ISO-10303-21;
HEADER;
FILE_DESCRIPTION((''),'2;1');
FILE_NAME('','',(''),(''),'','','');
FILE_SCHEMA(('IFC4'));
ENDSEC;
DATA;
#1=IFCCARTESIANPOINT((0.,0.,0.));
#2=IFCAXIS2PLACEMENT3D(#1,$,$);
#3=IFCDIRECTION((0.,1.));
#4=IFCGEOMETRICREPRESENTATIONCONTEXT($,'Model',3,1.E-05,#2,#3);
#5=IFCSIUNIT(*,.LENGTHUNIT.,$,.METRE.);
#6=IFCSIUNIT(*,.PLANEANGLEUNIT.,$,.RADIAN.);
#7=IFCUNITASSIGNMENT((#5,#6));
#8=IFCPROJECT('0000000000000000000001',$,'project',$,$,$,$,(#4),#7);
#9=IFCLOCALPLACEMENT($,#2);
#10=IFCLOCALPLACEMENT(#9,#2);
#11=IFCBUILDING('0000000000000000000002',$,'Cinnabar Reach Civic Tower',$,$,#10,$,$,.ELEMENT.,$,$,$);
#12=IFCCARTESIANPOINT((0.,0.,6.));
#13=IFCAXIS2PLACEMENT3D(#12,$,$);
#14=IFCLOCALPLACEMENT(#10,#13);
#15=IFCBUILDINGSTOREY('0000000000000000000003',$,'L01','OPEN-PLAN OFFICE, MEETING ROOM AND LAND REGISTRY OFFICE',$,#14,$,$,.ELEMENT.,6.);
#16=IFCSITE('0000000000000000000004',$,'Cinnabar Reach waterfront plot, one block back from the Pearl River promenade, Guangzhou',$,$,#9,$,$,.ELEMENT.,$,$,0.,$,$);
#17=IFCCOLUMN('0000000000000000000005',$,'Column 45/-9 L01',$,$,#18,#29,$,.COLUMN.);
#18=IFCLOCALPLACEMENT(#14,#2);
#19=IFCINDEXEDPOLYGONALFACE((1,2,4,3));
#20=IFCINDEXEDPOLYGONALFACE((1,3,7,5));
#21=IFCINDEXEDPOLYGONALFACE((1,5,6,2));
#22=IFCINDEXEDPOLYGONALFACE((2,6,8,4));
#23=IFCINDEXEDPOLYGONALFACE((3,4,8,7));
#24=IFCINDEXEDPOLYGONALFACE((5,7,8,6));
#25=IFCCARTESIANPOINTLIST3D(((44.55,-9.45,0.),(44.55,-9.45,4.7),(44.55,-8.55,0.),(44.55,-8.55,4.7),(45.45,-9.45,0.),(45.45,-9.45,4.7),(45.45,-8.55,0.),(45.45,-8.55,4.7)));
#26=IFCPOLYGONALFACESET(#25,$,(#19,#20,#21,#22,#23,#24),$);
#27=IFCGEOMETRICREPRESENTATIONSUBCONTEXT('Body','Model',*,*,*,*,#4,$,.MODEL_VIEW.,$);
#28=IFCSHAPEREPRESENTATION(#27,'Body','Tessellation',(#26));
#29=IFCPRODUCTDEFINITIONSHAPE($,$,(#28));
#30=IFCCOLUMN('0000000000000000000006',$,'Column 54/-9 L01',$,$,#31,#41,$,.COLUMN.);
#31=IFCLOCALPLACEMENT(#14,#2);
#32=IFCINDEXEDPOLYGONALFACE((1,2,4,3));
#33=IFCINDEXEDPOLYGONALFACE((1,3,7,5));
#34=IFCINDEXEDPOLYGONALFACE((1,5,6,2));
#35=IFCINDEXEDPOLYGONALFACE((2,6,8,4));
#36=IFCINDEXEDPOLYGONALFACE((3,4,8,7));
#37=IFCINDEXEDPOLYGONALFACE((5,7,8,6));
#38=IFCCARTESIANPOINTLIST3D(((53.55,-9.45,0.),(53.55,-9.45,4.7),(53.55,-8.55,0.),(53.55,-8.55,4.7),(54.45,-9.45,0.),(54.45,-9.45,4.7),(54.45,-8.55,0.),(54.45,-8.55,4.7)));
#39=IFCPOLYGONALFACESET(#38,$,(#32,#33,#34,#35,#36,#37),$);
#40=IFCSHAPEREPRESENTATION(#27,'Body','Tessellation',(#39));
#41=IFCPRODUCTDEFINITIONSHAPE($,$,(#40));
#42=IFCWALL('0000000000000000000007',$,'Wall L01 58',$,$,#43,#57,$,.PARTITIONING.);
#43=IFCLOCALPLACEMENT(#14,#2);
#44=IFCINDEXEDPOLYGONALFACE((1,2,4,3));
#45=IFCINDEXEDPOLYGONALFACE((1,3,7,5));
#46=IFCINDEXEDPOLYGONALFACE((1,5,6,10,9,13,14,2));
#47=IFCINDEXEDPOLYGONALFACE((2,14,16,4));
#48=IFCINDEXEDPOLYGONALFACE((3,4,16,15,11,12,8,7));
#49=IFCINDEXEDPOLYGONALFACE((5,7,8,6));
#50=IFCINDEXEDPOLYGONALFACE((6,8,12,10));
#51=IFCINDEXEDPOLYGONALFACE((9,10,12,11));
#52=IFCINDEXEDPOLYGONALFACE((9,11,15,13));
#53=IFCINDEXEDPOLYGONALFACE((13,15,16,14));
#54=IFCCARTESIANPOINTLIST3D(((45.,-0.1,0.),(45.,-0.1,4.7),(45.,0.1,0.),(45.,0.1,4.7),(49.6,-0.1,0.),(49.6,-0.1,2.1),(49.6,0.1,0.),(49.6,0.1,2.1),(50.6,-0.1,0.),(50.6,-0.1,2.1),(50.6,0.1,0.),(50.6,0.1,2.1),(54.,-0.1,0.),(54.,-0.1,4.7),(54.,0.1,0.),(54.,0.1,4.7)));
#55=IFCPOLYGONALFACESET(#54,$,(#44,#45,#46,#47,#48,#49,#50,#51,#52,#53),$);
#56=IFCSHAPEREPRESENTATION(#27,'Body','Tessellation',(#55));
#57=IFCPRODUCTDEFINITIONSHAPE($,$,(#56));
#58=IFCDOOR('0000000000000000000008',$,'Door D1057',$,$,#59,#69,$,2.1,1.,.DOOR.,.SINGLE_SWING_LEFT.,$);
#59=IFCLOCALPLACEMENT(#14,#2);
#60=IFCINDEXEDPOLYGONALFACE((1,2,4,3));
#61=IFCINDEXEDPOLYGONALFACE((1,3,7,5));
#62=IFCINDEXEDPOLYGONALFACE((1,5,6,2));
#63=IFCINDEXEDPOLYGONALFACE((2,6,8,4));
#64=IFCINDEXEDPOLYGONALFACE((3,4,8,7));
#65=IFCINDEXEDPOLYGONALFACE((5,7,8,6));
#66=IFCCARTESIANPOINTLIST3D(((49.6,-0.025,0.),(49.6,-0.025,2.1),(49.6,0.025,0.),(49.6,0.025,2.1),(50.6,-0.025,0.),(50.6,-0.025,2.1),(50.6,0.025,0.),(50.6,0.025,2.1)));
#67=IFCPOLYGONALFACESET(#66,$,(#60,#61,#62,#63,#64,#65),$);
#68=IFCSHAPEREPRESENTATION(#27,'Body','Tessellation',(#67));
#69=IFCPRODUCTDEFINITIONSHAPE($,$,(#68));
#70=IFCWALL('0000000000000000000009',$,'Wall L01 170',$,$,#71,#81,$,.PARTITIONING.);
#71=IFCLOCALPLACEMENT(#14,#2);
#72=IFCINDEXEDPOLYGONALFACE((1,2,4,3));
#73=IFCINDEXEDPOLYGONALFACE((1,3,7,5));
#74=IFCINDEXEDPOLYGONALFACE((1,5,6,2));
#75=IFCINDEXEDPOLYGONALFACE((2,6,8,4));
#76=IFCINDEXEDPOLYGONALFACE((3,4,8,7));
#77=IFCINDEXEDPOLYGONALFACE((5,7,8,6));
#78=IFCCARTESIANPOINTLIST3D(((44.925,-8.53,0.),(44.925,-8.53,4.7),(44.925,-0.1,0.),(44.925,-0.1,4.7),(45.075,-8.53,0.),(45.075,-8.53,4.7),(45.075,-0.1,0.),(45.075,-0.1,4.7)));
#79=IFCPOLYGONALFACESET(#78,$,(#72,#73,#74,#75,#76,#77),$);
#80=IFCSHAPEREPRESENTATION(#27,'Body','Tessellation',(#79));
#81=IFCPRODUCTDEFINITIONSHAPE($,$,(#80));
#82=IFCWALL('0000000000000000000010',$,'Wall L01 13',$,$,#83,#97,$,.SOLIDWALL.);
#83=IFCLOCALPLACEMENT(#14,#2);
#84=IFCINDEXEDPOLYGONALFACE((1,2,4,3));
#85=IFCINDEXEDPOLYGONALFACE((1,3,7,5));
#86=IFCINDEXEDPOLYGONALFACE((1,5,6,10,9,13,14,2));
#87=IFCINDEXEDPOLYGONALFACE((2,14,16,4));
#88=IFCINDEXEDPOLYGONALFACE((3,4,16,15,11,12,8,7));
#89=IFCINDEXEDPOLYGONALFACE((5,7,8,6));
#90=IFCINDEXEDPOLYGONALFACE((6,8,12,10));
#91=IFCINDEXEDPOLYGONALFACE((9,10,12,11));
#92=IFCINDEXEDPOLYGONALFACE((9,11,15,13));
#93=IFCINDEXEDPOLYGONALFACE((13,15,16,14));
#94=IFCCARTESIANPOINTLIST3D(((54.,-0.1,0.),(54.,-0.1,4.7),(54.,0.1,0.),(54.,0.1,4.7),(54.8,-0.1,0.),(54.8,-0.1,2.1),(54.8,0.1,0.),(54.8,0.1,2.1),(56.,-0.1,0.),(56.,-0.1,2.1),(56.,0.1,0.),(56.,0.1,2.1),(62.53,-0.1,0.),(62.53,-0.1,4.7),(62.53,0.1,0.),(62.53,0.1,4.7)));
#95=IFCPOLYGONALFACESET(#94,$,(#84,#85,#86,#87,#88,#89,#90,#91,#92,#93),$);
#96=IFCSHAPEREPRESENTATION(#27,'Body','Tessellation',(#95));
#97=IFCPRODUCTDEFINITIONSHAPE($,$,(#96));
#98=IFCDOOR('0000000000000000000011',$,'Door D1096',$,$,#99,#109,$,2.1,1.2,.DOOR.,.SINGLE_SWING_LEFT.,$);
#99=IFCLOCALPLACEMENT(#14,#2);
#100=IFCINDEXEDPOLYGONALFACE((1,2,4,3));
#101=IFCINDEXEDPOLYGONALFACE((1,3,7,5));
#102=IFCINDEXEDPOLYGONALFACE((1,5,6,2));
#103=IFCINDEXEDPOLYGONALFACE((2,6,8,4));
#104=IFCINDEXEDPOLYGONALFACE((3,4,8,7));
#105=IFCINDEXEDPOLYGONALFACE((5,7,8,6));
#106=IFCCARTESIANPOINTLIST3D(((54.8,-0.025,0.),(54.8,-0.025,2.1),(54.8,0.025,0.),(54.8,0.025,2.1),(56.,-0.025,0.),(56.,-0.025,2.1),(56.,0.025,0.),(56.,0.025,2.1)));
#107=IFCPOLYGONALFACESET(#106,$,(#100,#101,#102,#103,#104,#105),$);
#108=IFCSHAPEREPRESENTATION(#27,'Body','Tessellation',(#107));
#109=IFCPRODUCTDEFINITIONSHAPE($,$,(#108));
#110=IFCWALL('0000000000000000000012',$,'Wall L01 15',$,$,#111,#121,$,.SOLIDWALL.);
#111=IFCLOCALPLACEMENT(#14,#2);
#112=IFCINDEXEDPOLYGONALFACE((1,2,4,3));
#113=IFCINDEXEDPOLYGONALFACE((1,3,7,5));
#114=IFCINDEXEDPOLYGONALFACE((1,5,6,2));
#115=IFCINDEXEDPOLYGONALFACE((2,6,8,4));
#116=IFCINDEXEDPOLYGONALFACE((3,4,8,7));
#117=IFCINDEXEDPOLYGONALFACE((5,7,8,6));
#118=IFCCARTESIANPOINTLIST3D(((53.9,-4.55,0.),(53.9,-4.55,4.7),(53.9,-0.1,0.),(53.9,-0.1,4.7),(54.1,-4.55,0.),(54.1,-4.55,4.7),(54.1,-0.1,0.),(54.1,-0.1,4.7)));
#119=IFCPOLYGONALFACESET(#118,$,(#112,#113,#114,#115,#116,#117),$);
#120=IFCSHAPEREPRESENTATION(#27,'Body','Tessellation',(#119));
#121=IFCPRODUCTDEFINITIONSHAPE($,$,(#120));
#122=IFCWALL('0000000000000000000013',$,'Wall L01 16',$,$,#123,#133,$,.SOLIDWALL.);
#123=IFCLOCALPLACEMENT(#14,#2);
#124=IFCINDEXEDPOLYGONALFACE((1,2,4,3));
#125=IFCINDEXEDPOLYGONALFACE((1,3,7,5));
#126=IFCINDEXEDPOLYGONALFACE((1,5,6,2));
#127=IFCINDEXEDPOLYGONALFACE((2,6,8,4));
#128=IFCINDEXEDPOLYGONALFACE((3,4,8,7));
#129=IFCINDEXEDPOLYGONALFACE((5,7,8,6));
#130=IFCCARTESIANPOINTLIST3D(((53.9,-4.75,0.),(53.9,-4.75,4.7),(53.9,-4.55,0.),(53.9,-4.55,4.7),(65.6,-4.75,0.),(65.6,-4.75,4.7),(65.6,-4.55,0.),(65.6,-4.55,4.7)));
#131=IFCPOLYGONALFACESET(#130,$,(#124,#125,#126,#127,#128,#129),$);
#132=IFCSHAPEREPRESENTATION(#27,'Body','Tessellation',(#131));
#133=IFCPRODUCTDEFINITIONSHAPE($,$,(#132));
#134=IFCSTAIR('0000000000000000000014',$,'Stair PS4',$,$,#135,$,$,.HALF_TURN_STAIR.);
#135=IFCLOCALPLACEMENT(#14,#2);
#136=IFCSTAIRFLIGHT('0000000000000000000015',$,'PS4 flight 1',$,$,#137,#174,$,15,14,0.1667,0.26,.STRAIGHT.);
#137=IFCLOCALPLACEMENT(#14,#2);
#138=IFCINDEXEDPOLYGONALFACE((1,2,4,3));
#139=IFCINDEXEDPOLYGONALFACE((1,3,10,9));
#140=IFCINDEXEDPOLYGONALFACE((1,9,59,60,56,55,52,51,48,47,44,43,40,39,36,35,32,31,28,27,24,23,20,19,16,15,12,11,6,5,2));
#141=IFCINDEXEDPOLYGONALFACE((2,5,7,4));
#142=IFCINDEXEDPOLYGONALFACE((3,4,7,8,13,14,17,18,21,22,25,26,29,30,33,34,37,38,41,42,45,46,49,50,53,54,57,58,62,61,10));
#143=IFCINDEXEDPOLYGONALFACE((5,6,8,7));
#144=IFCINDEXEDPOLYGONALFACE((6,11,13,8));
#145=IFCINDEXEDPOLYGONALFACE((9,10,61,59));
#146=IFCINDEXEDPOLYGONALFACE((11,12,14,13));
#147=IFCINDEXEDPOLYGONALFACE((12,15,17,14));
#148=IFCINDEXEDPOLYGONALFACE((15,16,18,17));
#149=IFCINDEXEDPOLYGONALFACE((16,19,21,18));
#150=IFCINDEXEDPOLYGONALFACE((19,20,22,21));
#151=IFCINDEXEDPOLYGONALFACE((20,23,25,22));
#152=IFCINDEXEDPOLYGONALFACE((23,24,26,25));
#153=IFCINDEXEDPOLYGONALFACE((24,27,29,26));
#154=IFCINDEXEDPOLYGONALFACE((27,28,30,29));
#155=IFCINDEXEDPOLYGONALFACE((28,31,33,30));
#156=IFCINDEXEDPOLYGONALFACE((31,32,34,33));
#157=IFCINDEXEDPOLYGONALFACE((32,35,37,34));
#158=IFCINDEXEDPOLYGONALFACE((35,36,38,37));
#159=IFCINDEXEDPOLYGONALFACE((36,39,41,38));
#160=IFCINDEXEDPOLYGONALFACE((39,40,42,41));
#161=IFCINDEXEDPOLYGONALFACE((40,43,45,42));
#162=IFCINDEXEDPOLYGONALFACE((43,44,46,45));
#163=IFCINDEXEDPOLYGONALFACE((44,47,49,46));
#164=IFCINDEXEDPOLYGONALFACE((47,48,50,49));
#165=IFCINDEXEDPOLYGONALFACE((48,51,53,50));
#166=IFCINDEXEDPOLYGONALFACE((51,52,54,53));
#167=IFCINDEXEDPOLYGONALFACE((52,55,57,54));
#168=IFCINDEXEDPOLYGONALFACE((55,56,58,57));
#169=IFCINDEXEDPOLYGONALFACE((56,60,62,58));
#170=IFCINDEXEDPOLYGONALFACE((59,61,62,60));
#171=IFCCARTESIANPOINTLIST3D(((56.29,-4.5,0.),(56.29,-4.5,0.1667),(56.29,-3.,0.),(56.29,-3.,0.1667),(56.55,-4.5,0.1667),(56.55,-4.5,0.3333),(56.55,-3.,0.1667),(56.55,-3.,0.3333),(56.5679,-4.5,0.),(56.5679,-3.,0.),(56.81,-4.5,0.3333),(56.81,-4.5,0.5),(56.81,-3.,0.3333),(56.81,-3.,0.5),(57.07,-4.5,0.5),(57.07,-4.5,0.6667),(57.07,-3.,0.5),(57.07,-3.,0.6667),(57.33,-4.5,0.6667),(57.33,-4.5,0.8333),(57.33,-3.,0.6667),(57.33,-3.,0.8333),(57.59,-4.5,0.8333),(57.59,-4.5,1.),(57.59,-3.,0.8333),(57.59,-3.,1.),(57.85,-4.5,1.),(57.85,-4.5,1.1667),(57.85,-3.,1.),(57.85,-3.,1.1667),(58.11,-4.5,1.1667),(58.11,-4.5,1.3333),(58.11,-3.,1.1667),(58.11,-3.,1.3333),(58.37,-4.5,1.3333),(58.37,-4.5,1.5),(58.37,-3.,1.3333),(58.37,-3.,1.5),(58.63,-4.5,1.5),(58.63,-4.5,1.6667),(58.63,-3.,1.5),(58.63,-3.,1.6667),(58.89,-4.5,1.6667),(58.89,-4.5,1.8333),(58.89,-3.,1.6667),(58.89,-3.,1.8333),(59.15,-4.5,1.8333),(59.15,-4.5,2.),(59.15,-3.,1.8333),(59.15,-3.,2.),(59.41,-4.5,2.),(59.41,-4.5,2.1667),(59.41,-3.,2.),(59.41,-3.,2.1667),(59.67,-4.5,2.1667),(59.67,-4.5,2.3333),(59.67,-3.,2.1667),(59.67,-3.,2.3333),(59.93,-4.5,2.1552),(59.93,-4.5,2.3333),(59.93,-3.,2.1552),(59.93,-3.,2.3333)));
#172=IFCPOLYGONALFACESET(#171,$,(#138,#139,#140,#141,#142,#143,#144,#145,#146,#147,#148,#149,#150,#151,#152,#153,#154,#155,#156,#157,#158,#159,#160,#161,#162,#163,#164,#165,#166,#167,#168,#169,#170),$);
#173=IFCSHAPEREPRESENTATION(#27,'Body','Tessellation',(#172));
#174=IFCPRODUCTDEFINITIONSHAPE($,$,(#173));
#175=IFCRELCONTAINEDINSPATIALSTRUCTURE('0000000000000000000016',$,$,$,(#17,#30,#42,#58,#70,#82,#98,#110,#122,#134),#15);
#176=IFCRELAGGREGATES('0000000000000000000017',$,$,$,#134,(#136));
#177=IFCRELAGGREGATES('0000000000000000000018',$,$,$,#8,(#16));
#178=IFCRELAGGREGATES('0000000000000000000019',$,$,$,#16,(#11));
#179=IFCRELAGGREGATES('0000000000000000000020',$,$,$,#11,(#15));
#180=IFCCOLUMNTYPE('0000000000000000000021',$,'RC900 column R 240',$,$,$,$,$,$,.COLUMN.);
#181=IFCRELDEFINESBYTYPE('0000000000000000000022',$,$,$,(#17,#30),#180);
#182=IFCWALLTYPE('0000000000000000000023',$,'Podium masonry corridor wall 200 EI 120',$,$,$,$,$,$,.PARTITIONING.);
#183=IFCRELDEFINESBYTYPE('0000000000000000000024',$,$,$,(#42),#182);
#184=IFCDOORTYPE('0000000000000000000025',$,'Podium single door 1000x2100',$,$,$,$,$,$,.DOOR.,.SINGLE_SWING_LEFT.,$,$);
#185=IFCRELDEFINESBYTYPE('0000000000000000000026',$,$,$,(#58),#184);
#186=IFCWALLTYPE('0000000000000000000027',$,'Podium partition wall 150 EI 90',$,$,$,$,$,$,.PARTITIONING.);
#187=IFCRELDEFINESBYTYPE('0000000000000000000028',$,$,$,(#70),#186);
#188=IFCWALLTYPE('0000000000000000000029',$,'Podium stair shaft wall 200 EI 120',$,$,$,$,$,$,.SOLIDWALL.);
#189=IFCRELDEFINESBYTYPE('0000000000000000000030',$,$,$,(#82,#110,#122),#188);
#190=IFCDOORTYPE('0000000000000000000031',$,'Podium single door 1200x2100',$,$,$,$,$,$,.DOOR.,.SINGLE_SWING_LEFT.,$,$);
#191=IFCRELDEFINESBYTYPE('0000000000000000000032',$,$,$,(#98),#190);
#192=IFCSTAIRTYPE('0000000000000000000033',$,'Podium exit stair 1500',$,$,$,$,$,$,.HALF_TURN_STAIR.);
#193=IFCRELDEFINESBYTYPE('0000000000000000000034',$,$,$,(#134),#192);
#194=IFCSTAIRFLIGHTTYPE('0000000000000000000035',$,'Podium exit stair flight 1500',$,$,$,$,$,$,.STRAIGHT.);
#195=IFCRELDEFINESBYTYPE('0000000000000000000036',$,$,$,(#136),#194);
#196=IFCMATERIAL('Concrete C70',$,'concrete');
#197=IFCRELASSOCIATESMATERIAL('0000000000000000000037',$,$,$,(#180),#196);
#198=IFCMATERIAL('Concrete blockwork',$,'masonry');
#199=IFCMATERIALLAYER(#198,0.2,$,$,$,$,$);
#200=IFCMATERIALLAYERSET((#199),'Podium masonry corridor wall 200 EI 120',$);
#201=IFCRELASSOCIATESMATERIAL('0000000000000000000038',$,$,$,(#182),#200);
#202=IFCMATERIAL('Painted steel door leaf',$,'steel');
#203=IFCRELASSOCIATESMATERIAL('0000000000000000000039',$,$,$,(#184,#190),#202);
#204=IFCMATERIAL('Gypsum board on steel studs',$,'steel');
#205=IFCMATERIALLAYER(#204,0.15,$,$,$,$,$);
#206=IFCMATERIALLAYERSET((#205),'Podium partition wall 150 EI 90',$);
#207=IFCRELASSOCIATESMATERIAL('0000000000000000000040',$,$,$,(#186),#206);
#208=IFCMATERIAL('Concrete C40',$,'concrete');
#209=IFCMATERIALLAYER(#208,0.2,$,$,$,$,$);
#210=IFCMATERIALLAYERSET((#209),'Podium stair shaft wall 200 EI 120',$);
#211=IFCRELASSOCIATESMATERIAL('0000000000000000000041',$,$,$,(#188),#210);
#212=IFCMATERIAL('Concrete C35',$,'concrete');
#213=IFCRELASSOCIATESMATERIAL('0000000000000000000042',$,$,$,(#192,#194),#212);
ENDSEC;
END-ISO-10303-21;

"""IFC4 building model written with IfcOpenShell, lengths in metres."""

from ifc_helpers import new_model, si_unit, direction, frame, frame_2d, origin, origin_2d, place, context, subcontext, project, spatial, polyline, rectangle, outline, extrude, material, layer, layer_set, material_profile, profile_set, type_object, element, fill, aggregate, save


model = new_model("IFC4")

# Units and contexts
model_context = context("Model", 3, precision=1e-05, world=origin(), true_north=direction((0.0, 1.0)))
body_context = subcontext(model_context, "Body", "Model", "MODEL_VIEW")
ifc_project = project(units=[si_unit("LENGTHUNIT", "METRE"), si_unit("PLANEANGLEUNIT", "RADIAN")], contexts=[model_context])

# Site, building, storey
site_placement = place(None, origin())
site = spatial("IfcSite", under=ifc_project, at=site_placement, Name="Cinnabar Reach waterfront plot, one block back from the Pearl River promenade, Guangzhou", CompositionType="ELEMENT", RefElevation=0.0)
building_placement = place(site_placement, origin())
building = spatial("IfcBuilding", under=site, at=building_placement, Name="Cinnabar Reach Civic Tower", CompositionType="ELEMENT")
storey_placement = place(building_placement, frame((0.0, 0.0, 6.0)))
storey = spatial("IfcBuildingStorey", under=building, at=storey_placement, Name="L01", Description="OPEN-PLAN OFFICE, MEETING ROOM AND LAND REGISTRY OFFICE", CompositionType="ELEMENT", Elevation=6.0)

# Columns
ifc_material_1 = material(Name="Concrete C70", Category="concrete")
ifc_material_profile = material_profile(ifc_material_1, rectangle(XDim=0.9, YDim=0.9, at=origin_2d()), Name="RC900")
ifc_profile_set = profile_set([ifc_material_profile], Name="Concrete C70")
column_type = type_object("IfcColumnType", Name="RC900 column R 240", PredefinedType="COLUMN", material=ifc_profile_set)
for number, where, z_axis, x_axis, name in (
    (1, (45.0, -9.0, 0.0), (0.0, 0.0, 1.0), (1.0, 0.0, 0.0), "Column 45/-9 L01"),
    (2, (54.0, -9.0, 0.0), (0.0, 0.0, 1.0), (1.0, 0.0, 0.0), "Column 54/-9 L01"),
):
    element("IfcColumn", number, at=place(storey_placement, frame(where, z_axis=z_axis, x_axis=x_axis)), inside=storey, type_object=column_type, Name=name, PredefinedType="COLUMN", context=body_context, shape_type="SweptSolid", body=[
        extrude(rectangle(XDim=0.9, YDim=0.9, at=origin_2d()), origin(), (0.0, 0.0, 1.0), 4.7),
    ])

# Wall, opening, door
ifc_material_2 = material(Name="Concrete blockwork", Category="masonry")
ifc_layer_1 = layer(ifc_material_2, 0.2)
ifc_layer_set_1 = layer_set([ifc_layer_1], Name="Podium masonry corridor wall 200 EI 120")
wall_type_1 = type_object("IfcWallType", Name="Podium masonry corridor wall 200 EI 120", PredefinedType="PARTITIONING", material=ifc_layer_set_1)
wall_1_placement = place(storey_placement, frame((45.0, 0.0, 0.0), z_axis=(0.0, 0.0, 1.0), x_axis=(1.0, 0.0, 0.0)))
wall_1 = element("IfcWall", 3, at=wall_1_placement, inside=storey, type_object=wall_type_1, Name="Wall L01 58", PredefinedType="PARTITIONING", context=body_context, shape_type="SweptSolid", body=[
    extrude(rectangle(XDim=9.0, YDim=0.2, at=frame_2d((4.5, 0.0))), origin(), (0.0, 0.0, 1.0), 4.7),
])
opening_1_placement = place(wall_1_placement, frame((4.6, 0.0, 0.0)))
opening_1 = element("IfcOpeningElement", 4, at=opening_1_placement, cuts=wall_1, PredefinedType="OPENING", context=body_context, shape_type="SweptSolid", body=[
    extrude(rectangle(XDim=1.0, YDim=2.1, at=frame_2d((0.5, 1.05))), frame((0.0, 0.11, 0.0), z_axis=(0.0, -1.0, 0.0), x_axis=(1.0, 0.0, 0.0)), (0.0, 0.0, 1.0), 0.22),
])
ifc_material_3 = material(Name="Painted steel door leaf", Category="steel")
door_type_1 = type_object("IfcDoorType", Name="Podium single door 1000x2100", OperationType="SINGLE_SWING_LEFT", PredefinedType="DOOR", material=ifc_material_3)
door_1_placement = place(opening_1_placement, frame((1.0, 0.0, 0.0), z_axis=(0.0, 0.0, 1.0), x_axis=(-1.0, 0.0, 0.0)))
door_1 = element("IfcDoor", 5, at=door_1_placement, inside=storey, type_object=door_type_1, Name="Door D1057", OperationType="SINGLE_SWING_LEFT", OverallHeight=2.1, OverallWidth=1.0, PredefinedType="DOOR", context=body_context, shape_type="SweptSolid", body=[
    extrude(rectangle(XDim=1.0, YDim=2.1, at=frame_2d((0.5, 1.05))), frame((0.0, 0.025, 0.0), z_axis=(0.0, -1.0, 0.0), x_axis=(1.0, 0.0, 0.0)), (0.0, 0.0, 1.0), 0.05),
])
fill(opening_1, door_1)

# Wall
ifc_material_4 = material(Name="Gypsum board on steel studs", Category="steel")
ifc_layer_2 = layer(ifc_material_4, 0.15)
ifc_layer_set_2 = layer_set([ifc_layer_2], Name="Podium partition wall 150 EI 90")
wall_type_2 = type_object("IfcWallType", Name="Podium partition wall 150 EI 90", PredefinedType="PARTITIONING", material=ifc_layer_set_2)
wall_2_placement = place(storey_placement, frame((45.0, -8.53, 0.0), z_axis=(0.0, 0.0, 1.0), x_axis=(0.0, 1.0, 0.0)))
element("IfcWall", 6, at=wall_2_placement, inside=storey, type_object=wall_type_2, Name="Wall L01 170", PredefinedType="PARTITIONING", context=body_context, shape_type="SweptSolid", body=[
    extrude(rectangle(XDim=8.43, YDim=0.15, at=frame_2d((4.215, 0.0))), origin(), (0.0, 0.0, 1.0), 4.7),
])

# Wall, opening, door
ifc_material_5 = material(Name="Concrete C40", Category="concrete")
ifc_layer_3 = layer(ifc_material_5, 0.2)
ifc_layer_set_3 = layer_set([ifc_layer_3], Name="Podium stair shaft wall 200 EI 120")
wall_type_3 = type_object("IfcWallType", Name="Podium stair shaft wall 200 EI 120", PredefinedType="SOLIDWALL", material=ifc_layer_set_3)
wall_3_placement = place(storey_placement, frame((54.0, 0.0, 0.0), z_axis=(0.0, 0.0, 1.0), x_axis=(1.0, 0.0, 0.0)))
wall_3 = element("IfcWall", 7, at=wall_3_placement, inside=storey, type_object=wall_type_3, Name="Wall L01 13", PredefinedType="SOLIDWALL", context=body_context, shape_type="SweptSolid", body=[
    extrude(rectangle(XDim=8.53, YDim=0.2, at=frame_2d((4.265, 0.0))), origin(), (0.0, 0.0, 1.0), 4.7),
])
opening_2_placement = place(wall_3_placement, frame((0.8, 0.0, 0.0)))
opening_2 = element("IfcOpeningElement", 8, at=opening_2_placement, cuts=wall_3, PredefinedType="OPENING", context=body_context, shape_type="SweptSolid", body=[
    extrude(rectangle(XDim=1.2, YDim=2.1, at=frame_2d((0.6, 1.05))), frame((0.0, 0.11, 0.0), z_axis=(0.0, -1.0, 0.0), x_axis=(1.0, 0.0, 0.0)), (0.0, 0.0, 1.0), 0.22),
])
door_type_2 = type_object("IfcDoorType", Name="Podium single door 1200x2100", OperationType="SINGLE_SWING_LEFT", PredefinedType="DOOR", material=ifc_material_3)
door_2_placement = place(opening_2_placement, frame((1.2, 0.0, 0.0), z_axis=(0.0, 0.0, 1.0), x_axis=(-1.0, 0.0, 0.0)))
door_2 = element("IfcDoor", 9, at=door_2_placement, inside=storey, type_object=door_type_2, Name="Door D1096", OperationType="SINGLE_SWING_LEFT", OverallHeight=2.1, OverallWidth=1.2, PredefinedType="DOOR", context=body_context, shape_type="SweptSolid", body=[
    extrude(rectangle(XDim=1.2, YDim=2.1, at=frame_2d((0.6, 1.05))), frame((0.0, 0.025, 0.0), z_axis=(0.0, -1.0, 0.0), x_axis=(1.0, 0.0, 0.0)), (0.0, 0.0, 1.0), 0.05),
])
fill(opening_2, door_2)

# Walls
wall_4_placement = place(storey_placement, frame((54.0, -4.55, 0.0), z_axis=(0.0, 0.0, 1.0), x_axis=(0.0, 1.0, 0.0)))
element("IfcWall", 10, at=wall_4_placement, inside=storey, type_object=wall_type_3, Name="Wall L01 15", PredefinedType="SOLIDWALL", context=body_context, shape_type="SweptSolid", body=[
    extrude(rectangle(XDim=4.45, YDim=0.2, at=frame_2d((2.225, 0.0))), origin(), (0.0, 0.0, 1.0), 4.7),
])
wall_5_placement = place(storey_placement, frame((53.9, -4.65, 0.0), z_axis=(0.0, 0.0, 1.0), x_axis=(1.0, 0.0, 0.0)))
element("IfcWall", 11, at=wall_5_placement, inside=storey, type_object=wall_type_3, Name="Wall L01 16", PredefinedType="SOLIDWALL", context=body_context, shape_type="SweptSolid", body=[
    extrude(rectangle(XDim=11.7, YDim=0.2, at=frame_2d((5.85, 0.0))), origin(), (0.0, 0.0, 1.0), 4.7),
])

# Stair, stair flight
ifc_material_6 = material(Name="Concrete C35", Category="concrete")
stair_type = type_object("IfcStairType", Name="Podium exit stair 1500", PredefinedType="HALF_TURN_STAIR", material=ifc_material_6)
stair_placement = place(storey_placement, origin())
stair = element("IfcStair", 12, at=stair_placement, inside=storey, type_object=stair_type, Name="Stair PS4", PredefinedType="HALF_TURN_STAIR")
stair_flight_type = type_object("IfcStairFlightType", Name="Podium exit stair flight 1500", PredefinedType="STRAIGHT", material=ifc_material_6)
stair_flight_placement = place(storey_placement, frame((56.29, -3.75, 0.0), z_axis=(0.0, 0.0, 1.0), x_axis=(1.0, 0.0, 0.0)))
stair_flight = element("IfcStairFlight", 13, at=stair_flight_placement, type_object=stair_flight_type, Name="PS4 flight 1", NumberOfRisers=15, NumberOfTreads=14, PredefinedType="STRAIGHT", RiserHeight=0.1667, TreadLength=0.26, context=body_context, shape_type="SweptSolid", body=[
    extrude(outline(polyline([(0.0, 0.0), (0.0, 0.1667), (0.26, 0.1667), (0.26, 0.3333), (0.52, 0.3333), (0.52, 0.5), (0.78, 0.5), (0.78, 0.6667), (1.04, 0.6667), (1.04, 0.8333), (1.3, 0.8333), (1.3, 1.0), (1.56, 1.0), (1.56, 1.1667), (1.82, 1.1667), (1.82, 1.3333), (2.08, 1.3333), (2.08, 1.5), (2.34, 1.5), (2.34, 1.6667), (2.6, 1.6667), (2.6, 1.8333), (2.86, 1.8333), (2.86, 2.0), (3.12, 2.0), (3.12, 2.1667), (3.38, 2.1667), (3.38, 2.3333), (3.64, 2.3333), (3.64, 2.5), (3.64, 2.1552), (0.2779, 0.0), (0.0, 0.0)])), frame((0.0, 0.75, 0.0), z_axis=(0.0, -1.0, 0.0), x_axis=(1.0, 0.0, 0.0)), (0.0, 0.0, 1.0), 1.5),
])
aggregate(stair, [stair_flight])

save(model, "model.ifc")
